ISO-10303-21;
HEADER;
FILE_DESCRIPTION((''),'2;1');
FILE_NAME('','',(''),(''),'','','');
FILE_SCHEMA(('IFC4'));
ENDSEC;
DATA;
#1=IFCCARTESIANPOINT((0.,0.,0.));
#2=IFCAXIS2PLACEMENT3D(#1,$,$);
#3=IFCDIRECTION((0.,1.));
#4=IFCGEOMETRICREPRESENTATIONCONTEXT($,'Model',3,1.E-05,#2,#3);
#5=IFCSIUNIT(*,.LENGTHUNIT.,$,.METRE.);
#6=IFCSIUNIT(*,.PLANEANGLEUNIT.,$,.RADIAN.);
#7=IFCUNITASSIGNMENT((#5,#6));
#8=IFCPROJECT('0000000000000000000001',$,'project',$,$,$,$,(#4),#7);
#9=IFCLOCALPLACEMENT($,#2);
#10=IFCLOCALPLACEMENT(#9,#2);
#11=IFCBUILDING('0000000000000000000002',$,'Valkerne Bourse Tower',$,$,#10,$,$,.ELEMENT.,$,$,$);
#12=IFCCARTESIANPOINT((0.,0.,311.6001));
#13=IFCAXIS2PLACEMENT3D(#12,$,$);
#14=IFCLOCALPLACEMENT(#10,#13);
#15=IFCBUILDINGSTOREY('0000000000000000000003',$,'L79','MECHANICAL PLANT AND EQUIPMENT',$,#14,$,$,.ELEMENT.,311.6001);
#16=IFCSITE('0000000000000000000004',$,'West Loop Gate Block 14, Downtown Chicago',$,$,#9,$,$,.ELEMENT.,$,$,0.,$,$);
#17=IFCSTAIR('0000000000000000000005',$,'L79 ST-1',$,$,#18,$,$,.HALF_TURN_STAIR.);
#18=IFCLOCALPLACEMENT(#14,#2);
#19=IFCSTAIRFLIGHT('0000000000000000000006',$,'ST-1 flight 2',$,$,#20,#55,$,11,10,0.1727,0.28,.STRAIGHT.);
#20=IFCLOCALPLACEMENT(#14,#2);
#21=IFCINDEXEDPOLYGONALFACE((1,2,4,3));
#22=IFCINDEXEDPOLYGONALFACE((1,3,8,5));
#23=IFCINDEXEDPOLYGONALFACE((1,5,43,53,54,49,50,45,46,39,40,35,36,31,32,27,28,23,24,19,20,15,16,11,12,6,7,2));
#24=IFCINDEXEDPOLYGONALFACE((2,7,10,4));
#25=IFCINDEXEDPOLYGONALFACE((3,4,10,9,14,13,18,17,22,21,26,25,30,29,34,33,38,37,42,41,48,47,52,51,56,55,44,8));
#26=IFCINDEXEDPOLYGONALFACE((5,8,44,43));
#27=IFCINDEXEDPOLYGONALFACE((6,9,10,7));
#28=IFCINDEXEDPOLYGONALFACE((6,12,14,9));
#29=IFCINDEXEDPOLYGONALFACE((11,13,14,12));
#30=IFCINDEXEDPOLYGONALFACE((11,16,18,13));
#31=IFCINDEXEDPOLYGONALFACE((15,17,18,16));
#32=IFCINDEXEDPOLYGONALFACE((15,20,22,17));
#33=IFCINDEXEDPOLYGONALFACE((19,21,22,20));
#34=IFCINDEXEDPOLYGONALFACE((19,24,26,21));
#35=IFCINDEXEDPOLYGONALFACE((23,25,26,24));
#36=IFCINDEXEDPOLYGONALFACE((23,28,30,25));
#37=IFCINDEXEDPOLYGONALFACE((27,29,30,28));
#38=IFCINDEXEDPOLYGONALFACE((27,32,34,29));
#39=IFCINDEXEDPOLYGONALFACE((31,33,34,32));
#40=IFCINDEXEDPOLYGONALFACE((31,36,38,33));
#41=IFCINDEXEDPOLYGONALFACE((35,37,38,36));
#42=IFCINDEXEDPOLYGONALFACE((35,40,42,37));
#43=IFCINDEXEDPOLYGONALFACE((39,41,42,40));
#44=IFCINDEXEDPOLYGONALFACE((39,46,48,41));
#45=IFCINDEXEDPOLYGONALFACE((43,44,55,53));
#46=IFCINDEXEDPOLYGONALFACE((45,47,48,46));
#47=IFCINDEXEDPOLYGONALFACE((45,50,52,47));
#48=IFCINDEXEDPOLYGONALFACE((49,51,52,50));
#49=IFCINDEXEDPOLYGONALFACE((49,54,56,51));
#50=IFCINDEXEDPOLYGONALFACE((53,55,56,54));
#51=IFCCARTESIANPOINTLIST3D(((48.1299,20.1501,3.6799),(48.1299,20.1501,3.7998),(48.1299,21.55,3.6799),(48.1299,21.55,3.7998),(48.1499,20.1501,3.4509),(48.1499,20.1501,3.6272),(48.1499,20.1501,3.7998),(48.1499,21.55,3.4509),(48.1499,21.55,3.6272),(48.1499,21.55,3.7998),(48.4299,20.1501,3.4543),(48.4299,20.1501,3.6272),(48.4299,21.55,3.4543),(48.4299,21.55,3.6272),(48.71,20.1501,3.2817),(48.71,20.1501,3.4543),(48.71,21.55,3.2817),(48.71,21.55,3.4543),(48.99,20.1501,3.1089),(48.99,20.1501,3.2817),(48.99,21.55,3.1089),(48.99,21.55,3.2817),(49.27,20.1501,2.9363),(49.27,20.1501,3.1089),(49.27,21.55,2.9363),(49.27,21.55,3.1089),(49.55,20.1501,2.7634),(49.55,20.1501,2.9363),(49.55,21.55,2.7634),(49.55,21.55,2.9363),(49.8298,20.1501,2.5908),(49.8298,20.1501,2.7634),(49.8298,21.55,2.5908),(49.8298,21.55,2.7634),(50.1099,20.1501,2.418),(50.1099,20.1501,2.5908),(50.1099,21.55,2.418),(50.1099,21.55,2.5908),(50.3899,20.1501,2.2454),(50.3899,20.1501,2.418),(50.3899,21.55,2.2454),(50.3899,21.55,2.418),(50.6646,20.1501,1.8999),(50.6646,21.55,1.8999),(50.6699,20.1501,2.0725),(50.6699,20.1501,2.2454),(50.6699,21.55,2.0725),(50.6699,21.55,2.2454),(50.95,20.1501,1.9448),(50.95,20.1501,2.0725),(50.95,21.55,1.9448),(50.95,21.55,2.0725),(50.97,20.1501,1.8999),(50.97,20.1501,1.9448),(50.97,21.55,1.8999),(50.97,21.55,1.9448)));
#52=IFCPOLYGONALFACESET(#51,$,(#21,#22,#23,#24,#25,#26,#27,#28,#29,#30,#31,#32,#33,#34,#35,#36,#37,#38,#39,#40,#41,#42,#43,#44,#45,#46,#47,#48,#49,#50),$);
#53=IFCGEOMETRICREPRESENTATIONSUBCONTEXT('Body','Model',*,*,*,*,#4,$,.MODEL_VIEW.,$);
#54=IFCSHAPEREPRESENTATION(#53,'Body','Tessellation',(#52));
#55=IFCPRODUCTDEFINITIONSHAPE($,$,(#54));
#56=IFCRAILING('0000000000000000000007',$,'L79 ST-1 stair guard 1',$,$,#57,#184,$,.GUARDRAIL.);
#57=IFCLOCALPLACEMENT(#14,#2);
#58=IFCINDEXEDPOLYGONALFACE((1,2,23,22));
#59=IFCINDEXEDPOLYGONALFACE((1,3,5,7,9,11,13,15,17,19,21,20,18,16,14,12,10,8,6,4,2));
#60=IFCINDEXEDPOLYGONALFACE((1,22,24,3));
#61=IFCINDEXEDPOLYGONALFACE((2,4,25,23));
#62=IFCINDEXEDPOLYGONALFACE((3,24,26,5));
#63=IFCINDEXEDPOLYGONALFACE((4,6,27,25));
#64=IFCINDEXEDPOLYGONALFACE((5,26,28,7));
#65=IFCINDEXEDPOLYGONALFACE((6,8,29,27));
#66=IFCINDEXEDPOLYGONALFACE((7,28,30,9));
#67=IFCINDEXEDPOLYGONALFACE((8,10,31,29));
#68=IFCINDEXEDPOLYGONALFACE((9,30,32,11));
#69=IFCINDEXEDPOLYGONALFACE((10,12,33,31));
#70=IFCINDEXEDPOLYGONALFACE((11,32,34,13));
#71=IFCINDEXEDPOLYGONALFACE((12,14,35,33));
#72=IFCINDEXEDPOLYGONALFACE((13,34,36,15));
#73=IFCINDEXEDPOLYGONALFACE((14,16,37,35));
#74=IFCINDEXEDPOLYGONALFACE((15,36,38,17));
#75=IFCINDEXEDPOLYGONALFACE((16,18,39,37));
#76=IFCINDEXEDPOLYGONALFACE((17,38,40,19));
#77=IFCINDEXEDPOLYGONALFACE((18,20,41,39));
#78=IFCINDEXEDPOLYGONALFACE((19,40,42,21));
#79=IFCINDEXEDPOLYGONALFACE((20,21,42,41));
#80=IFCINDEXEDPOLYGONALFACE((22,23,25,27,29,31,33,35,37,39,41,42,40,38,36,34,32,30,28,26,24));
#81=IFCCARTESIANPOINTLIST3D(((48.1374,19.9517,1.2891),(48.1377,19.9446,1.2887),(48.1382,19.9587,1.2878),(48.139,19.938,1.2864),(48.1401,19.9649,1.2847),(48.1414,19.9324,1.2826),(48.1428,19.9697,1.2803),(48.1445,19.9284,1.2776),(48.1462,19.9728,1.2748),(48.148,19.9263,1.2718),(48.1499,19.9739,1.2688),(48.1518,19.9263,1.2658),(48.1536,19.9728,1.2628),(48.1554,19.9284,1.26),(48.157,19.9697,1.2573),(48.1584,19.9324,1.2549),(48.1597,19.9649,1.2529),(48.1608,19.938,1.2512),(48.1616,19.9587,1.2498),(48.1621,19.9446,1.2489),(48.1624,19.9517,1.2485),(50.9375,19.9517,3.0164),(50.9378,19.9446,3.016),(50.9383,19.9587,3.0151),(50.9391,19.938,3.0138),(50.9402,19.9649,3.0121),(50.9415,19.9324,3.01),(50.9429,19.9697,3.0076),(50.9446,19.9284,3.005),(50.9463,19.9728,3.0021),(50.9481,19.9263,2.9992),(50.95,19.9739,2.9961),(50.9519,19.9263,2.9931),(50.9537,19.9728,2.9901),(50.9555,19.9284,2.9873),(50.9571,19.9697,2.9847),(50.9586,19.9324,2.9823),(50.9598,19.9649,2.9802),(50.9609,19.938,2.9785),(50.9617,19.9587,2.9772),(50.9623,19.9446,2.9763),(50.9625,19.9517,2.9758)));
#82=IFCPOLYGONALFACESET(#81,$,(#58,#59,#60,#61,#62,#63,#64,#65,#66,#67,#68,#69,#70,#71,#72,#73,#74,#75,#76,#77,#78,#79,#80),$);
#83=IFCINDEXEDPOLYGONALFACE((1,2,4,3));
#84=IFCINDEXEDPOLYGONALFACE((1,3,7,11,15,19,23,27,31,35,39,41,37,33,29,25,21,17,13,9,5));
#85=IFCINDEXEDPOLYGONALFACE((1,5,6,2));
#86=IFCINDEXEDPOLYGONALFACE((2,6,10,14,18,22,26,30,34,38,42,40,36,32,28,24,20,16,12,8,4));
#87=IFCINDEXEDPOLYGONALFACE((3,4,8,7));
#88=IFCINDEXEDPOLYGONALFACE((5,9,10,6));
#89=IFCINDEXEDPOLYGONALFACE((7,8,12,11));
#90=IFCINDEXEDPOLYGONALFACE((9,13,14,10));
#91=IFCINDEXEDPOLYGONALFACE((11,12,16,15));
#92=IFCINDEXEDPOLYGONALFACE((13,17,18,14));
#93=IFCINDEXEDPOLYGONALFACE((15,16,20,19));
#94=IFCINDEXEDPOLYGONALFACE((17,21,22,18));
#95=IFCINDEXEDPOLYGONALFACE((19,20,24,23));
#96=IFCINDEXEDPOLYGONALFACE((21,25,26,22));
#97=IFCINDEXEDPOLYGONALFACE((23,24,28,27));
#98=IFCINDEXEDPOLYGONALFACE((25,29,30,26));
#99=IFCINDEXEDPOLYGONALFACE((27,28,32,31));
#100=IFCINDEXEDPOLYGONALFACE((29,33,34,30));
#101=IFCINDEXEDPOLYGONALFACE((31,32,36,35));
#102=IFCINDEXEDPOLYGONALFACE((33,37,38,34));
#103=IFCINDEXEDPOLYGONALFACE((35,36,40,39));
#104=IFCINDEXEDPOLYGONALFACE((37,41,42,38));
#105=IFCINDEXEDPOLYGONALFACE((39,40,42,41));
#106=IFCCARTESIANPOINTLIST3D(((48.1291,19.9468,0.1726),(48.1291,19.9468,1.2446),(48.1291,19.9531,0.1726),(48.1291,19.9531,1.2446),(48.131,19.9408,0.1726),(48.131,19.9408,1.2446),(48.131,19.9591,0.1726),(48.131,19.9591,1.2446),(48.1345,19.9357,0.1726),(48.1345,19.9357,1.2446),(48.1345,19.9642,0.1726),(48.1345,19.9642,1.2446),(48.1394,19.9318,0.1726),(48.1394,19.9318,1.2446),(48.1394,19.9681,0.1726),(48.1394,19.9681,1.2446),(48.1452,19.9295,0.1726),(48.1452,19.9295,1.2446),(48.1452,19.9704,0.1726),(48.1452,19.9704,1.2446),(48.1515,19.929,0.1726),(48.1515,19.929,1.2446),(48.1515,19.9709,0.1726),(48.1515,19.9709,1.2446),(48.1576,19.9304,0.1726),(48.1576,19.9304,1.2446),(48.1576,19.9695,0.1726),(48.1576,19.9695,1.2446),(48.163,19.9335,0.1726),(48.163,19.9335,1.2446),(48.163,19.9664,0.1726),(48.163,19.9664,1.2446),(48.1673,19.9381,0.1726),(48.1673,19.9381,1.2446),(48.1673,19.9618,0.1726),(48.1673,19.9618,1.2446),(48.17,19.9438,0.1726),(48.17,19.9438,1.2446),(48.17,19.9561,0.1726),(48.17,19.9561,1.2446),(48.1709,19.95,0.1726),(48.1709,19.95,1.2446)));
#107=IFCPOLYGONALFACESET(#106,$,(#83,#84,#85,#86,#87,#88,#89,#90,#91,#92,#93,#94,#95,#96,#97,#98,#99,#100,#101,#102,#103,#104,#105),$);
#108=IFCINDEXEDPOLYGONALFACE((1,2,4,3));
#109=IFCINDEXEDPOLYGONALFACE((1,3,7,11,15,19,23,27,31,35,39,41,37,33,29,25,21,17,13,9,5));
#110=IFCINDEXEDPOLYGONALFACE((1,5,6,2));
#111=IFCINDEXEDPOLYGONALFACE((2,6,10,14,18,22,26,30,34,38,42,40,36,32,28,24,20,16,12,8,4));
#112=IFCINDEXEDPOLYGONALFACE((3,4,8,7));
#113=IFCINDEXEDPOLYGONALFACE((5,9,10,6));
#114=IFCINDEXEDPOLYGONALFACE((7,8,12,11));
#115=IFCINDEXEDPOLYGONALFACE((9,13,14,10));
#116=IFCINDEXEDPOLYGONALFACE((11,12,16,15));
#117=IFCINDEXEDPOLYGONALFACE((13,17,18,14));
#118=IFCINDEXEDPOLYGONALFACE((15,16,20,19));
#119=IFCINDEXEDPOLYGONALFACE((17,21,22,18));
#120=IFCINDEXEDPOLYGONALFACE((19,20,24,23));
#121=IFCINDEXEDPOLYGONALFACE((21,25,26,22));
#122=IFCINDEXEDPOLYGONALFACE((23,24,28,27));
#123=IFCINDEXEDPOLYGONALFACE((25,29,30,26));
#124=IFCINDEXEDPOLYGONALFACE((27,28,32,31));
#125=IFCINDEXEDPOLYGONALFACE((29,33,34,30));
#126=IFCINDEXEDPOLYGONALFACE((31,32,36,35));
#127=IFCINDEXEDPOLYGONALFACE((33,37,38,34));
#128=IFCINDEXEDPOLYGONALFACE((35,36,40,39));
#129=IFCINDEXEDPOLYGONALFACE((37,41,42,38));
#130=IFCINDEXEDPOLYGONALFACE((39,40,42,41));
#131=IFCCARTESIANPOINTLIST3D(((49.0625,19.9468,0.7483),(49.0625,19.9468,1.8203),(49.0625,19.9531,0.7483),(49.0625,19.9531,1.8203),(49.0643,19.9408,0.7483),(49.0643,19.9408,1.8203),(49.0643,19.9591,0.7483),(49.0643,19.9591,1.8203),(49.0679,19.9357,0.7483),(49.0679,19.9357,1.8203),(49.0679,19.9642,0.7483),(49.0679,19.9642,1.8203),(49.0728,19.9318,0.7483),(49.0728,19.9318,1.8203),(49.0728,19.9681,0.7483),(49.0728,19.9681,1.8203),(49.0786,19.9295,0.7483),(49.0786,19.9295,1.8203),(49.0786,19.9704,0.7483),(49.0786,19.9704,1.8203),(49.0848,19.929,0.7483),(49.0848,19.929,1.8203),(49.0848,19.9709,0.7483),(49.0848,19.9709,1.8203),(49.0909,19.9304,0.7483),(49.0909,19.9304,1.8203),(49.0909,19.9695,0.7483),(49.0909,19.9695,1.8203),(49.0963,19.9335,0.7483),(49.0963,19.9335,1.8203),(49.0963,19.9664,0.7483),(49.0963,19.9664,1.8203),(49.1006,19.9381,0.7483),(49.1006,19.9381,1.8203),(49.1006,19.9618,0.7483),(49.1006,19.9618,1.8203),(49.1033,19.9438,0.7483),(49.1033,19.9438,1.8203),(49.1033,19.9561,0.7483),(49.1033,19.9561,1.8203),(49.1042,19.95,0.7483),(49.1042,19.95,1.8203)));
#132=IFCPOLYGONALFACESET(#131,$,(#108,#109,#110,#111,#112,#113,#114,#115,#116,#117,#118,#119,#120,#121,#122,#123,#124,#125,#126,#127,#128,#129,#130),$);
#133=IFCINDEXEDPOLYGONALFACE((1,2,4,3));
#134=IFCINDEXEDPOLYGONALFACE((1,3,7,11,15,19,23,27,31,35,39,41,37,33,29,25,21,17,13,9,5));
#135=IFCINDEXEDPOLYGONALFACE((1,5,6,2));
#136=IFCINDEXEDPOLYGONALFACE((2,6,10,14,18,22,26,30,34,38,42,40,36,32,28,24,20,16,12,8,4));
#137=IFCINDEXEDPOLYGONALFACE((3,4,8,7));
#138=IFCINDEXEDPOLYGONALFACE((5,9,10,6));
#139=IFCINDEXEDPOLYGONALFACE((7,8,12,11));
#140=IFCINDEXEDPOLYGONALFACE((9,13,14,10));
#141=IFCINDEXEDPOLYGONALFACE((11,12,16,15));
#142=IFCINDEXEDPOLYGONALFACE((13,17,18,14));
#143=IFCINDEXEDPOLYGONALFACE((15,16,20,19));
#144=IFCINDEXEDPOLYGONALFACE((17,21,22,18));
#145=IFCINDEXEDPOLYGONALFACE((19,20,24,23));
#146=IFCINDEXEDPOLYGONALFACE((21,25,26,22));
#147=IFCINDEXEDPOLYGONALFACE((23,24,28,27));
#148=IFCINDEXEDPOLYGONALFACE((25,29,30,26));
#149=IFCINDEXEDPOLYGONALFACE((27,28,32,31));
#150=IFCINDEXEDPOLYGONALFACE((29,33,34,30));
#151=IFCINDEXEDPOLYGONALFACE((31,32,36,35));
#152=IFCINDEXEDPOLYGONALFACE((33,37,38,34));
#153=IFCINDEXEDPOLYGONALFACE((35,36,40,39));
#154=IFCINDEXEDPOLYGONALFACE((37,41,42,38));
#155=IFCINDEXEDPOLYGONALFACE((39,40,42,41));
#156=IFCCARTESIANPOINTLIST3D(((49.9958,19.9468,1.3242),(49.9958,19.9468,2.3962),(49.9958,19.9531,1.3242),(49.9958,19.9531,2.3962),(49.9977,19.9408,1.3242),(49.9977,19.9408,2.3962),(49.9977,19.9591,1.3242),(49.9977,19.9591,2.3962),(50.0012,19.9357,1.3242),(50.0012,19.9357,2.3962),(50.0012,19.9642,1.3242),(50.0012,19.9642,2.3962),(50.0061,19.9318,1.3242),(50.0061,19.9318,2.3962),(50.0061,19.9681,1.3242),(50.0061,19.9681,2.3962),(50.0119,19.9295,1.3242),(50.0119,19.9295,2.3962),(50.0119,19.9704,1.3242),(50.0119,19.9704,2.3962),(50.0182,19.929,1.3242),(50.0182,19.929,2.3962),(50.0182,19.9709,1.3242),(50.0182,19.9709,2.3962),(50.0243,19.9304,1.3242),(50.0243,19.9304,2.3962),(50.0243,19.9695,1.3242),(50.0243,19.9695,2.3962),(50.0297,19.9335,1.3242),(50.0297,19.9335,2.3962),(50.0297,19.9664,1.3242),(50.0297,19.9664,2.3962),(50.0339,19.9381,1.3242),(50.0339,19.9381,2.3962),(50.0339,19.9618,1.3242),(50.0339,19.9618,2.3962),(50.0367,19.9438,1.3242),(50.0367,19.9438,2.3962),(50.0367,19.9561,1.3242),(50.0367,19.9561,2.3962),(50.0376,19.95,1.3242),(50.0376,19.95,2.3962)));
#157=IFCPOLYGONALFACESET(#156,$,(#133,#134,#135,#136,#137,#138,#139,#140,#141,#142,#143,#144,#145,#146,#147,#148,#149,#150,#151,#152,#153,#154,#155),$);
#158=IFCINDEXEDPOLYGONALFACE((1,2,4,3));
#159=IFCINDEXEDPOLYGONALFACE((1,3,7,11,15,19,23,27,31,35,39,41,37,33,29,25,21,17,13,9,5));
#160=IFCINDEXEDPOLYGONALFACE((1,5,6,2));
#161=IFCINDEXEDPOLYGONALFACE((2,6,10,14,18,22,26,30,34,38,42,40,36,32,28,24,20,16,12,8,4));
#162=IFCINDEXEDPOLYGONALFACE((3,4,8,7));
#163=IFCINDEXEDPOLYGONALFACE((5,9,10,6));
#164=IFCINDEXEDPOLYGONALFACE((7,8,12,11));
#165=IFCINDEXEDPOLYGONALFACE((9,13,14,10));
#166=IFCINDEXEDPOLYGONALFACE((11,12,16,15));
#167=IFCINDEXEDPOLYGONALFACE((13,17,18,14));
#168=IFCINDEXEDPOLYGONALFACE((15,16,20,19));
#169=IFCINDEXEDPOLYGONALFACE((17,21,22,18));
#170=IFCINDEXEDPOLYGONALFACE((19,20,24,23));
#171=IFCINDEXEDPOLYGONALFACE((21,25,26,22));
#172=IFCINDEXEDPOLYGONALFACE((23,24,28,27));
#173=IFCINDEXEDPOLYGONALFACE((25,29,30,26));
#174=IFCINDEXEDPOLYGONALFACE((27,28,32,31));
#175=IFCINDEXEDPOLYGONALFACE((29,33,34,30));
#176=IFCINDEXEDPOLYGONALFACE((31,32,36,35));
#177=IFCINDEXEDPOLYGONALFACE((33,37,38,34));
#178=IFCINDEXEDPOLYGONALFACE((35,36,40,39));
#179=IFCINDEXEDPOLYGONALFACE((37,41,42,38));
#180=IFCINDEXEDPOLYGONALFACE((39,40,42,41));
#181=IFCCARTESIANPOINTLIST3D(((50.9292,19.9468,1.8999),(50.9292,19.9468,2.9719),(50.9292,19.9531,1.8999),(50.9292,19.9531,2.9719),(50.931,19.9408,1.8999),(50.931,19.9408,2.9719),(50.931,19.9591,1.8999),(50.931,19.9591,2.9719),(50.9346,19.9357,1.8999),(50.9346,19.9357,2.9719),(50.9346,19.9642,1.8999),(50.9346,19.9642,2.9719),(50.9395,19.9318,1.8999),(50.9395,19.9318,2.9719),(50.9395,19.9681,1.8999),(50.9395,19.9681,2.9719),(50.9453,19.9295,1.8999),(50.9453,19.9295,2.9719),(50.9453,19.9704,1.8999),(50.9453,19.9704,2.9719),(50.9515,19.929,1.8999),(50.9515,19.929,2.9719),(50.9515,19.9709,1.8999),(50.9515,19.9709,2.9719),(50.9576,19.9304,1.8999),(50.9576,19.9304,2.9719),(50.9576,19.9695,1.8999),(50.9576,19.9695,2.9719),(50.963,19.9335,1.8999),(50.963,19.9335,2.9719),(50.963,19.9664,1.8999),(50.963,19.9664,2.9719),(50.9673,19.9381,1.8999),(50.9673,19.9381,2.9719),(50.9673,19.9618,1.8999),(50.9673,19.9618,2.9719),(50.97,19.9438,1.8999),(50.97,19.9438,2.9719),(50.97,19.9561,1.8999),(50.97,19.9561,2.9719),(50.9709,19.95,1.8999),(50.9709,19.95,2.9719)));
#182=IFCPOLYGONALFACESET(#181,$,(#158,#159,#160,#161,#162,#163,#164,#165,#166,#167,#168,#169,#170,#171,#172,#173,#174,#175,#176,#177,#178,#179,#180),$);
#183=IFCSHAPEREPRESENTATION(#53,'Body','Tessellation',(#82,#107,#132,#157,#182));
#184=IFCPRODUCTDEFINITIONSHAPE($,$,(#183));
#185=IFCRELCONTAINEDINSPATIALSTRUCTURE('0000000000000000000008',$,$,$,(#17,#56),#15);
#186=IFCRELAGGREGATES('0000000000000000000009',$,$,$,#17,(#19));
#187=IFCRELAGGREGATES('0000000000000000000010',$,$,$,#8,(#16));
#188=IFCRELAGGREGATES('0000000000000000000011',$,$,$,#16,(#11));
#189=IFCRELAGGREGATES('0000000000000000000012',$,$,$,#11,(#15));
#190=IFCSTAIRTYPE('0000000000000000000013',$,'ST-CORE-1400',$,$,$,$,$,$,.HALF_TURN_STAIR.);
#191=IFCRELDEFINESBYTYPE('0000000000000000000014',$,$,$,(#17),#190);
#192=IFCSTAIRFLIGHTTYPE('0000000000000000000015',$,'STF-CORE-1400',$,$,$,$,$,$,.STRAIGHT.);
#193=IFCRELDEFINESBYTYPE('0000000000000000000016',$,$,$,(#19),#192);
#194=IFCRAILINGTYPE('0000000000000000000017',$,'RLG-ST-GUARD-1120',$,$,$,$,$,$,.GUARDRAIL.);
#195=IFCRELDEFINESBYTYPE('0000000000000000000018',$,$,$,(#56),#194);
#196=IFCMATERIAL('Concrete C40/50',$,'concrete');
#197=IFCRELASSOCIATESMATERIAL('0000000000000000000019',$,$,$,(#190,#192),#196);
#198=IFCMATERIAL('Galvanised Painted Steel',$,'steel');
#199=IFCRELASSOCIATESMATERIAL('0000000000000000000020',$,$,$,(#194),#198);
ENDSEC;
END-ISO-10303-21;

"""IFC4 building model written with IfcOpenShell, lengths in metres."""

from ifc_helpers import new_model, si_unit, direction, frame, origin, origin_2d, place, context, subcontext, project, spatial, polyline, circle, outline, extrude, material, type_object, element, aggregate, save


model = new_model("IFC4")

# Units and contexts
model_context = context("Model", 3, precision=1e-05, world=origin(), true_north=direction((0.0, 1.0)))
body_context = subcontext(model_context, "Body", "Model", "MODEL_VIEW")
ifc_project = project(units=[si_unit("LENGTHUNIT", "METRE"), si_unit("PLANEANGLEUNIT", "RADIAN")], contexts=[model_context])

# Site, building, storey
site_placement = place(None, origin())
site = spatial("IfcSite", under=ifc_project, at=site_placement, Name="West Loop Gate Block 14, Downtown Chicago", CompositionType="ELEMENT", RefElevation=0.0)
building_placement = place(site_placement, origin())
building = spatial("IfcBuilding", under=site, at=building_placement, Name="Valkerne Bourse Tower", CompositionType="ELEMENT")
storey_placement = place(building_placement, frame((0.0, 0.0, 311.6001)))
storey = spatial("IfcBuildingStorey", under=building, at=storey_placement, Name="L79", Description="MECHANICAL PLANT AND EQUIPMENT", CompositionType="ELEMENT", Elevation=311.6001)

# Shared definitions
ifc_material_1 = material(Name="Galvanised Painted Steel", Category="steel")

# Shared definitions
ifc_material_2 = material(Name="Concrete C40/50", Category="concrete")

# Stair, stair flight
stair_type = type_object("IfcStairType", Name="ST-CORE-1400", PredefinedType="HALF_TURN_STAIR", material=ifc_material_2)
stair_placement = place(storey_placement, origin())
stair = element("IfcStair", 1, at=stair_placement, inside=storey, type_object=stair_type, Name="L79 ST-1", PredefinedType="HALF_TURN_STAIR")
stair_flight_type = type_object("IfcStairFlightType", Name="STF-CORE-1400", PredefinedType="STRAIGHT", material=ifc_material_2)
stair_flight_1_placement = place(storey_placement, frame((50.95, 20.8501, 1.8999), z_axis=(0.0, 0.0, 1.0), x_axis=(-1.0, 0.0, 0.0)))
stair_flight_1 = element("IfcStairFlight", 2, at=stair_flight_1_placement, type_object=stair_flight_type, Name="ST-1 flight 2", NumberOfRisers=11, NumberOfTreads=10, PredefinedType="STRAIGHT", RiserHeight=0.1727, TreadLength=0.28, context=body_context, shape_type="SweptSolid", body=[
    extrude(outline(polyline([(-0.02, 0.0), (-0.02, 0.0449), (0.0, 0.0449), (0.0, 0.1726), (0.28, 0.1726), (0.28, 0.3455), (0.5601, 0.3455), (0.5601, 0.5181), (0.8401, 0.5181), (0.8401, 0.6909), (1.1201, 0.6909), (1.1201, 0.8635), (1.3999, 0.8635), (1.3999, 1.0364), (1.6799, 1.0364), (1.6799, 1.209), (1.96, 1.209), (1.96, 1.3818), (2.24, 1.3818), (2.24, 1.5544), (2.52, 1.5544), (2.52, 1.7273), (2.8, 1.7273), (2.8, 1.8999), (2.8201, 1.8999), (2.8201, 1.78), (2.8, 1.551), (0.2854, 0.0), (-0.02, 0.0)])), frame((0.0, 0.7, 0.0), z_axis=(0.0, -1.0, 0.0), x_axis=(1.0, 0.0, 0.0)), (0.0, 0.0, 1.0), 1.3999),
])
aggregate(stair, [stair_flight_1])

# Railing
railing_type_1 = type_object("IfcRailingType", Name="RLG-ST-GUARD-1120", PredefinedType="GUARDRAIL", material=ifc_material_1)
railing_1_placement = place(storey_placement, frame((48.1499, 19.95, 0.1726)))
element("IfcRailing", 3, at=railing_1_placement, inside=storey, type_object=railing_type_1, Name="L79 ST-1 stair guard 1", PredefinedType="GUARDRAIL", context=body_context, shape_type="SweptSolid", body=[
    extrude(circle(Radius=0.0239, at=origin_2d()), frame((0.0, 0.0, 1.0962), z_axis=(0.85109, 0.0, 0.52502), x_axis=(0.0, 1.0, 0.0)), (0.0, 0.0, 1.0), 3.29),
    extrude(circle(Radius=0.021, at=origin_2d()), origin(), (0.0, 0.0, 1.0), 1.072),
    extrude(circle(Radius=0.021, at=origin_2d()), frame((0.9333, 0.0, 0.5757)), (0.0, 0.0, 1.0), 1.072),
    extrude(circle(Radius=0.021, at=origin_2d()), frame((1.8667, 0.0, 1.1516)), (0.0, 0.0, 1.0), 1.072),
    extrude(circle(Radius=0.021, at=origin_2d()), frame((2.8, 0.0, 1.7273)), (0.0, 0.0, 1.0), 1.072),
])

save(model, "model.ifc")
